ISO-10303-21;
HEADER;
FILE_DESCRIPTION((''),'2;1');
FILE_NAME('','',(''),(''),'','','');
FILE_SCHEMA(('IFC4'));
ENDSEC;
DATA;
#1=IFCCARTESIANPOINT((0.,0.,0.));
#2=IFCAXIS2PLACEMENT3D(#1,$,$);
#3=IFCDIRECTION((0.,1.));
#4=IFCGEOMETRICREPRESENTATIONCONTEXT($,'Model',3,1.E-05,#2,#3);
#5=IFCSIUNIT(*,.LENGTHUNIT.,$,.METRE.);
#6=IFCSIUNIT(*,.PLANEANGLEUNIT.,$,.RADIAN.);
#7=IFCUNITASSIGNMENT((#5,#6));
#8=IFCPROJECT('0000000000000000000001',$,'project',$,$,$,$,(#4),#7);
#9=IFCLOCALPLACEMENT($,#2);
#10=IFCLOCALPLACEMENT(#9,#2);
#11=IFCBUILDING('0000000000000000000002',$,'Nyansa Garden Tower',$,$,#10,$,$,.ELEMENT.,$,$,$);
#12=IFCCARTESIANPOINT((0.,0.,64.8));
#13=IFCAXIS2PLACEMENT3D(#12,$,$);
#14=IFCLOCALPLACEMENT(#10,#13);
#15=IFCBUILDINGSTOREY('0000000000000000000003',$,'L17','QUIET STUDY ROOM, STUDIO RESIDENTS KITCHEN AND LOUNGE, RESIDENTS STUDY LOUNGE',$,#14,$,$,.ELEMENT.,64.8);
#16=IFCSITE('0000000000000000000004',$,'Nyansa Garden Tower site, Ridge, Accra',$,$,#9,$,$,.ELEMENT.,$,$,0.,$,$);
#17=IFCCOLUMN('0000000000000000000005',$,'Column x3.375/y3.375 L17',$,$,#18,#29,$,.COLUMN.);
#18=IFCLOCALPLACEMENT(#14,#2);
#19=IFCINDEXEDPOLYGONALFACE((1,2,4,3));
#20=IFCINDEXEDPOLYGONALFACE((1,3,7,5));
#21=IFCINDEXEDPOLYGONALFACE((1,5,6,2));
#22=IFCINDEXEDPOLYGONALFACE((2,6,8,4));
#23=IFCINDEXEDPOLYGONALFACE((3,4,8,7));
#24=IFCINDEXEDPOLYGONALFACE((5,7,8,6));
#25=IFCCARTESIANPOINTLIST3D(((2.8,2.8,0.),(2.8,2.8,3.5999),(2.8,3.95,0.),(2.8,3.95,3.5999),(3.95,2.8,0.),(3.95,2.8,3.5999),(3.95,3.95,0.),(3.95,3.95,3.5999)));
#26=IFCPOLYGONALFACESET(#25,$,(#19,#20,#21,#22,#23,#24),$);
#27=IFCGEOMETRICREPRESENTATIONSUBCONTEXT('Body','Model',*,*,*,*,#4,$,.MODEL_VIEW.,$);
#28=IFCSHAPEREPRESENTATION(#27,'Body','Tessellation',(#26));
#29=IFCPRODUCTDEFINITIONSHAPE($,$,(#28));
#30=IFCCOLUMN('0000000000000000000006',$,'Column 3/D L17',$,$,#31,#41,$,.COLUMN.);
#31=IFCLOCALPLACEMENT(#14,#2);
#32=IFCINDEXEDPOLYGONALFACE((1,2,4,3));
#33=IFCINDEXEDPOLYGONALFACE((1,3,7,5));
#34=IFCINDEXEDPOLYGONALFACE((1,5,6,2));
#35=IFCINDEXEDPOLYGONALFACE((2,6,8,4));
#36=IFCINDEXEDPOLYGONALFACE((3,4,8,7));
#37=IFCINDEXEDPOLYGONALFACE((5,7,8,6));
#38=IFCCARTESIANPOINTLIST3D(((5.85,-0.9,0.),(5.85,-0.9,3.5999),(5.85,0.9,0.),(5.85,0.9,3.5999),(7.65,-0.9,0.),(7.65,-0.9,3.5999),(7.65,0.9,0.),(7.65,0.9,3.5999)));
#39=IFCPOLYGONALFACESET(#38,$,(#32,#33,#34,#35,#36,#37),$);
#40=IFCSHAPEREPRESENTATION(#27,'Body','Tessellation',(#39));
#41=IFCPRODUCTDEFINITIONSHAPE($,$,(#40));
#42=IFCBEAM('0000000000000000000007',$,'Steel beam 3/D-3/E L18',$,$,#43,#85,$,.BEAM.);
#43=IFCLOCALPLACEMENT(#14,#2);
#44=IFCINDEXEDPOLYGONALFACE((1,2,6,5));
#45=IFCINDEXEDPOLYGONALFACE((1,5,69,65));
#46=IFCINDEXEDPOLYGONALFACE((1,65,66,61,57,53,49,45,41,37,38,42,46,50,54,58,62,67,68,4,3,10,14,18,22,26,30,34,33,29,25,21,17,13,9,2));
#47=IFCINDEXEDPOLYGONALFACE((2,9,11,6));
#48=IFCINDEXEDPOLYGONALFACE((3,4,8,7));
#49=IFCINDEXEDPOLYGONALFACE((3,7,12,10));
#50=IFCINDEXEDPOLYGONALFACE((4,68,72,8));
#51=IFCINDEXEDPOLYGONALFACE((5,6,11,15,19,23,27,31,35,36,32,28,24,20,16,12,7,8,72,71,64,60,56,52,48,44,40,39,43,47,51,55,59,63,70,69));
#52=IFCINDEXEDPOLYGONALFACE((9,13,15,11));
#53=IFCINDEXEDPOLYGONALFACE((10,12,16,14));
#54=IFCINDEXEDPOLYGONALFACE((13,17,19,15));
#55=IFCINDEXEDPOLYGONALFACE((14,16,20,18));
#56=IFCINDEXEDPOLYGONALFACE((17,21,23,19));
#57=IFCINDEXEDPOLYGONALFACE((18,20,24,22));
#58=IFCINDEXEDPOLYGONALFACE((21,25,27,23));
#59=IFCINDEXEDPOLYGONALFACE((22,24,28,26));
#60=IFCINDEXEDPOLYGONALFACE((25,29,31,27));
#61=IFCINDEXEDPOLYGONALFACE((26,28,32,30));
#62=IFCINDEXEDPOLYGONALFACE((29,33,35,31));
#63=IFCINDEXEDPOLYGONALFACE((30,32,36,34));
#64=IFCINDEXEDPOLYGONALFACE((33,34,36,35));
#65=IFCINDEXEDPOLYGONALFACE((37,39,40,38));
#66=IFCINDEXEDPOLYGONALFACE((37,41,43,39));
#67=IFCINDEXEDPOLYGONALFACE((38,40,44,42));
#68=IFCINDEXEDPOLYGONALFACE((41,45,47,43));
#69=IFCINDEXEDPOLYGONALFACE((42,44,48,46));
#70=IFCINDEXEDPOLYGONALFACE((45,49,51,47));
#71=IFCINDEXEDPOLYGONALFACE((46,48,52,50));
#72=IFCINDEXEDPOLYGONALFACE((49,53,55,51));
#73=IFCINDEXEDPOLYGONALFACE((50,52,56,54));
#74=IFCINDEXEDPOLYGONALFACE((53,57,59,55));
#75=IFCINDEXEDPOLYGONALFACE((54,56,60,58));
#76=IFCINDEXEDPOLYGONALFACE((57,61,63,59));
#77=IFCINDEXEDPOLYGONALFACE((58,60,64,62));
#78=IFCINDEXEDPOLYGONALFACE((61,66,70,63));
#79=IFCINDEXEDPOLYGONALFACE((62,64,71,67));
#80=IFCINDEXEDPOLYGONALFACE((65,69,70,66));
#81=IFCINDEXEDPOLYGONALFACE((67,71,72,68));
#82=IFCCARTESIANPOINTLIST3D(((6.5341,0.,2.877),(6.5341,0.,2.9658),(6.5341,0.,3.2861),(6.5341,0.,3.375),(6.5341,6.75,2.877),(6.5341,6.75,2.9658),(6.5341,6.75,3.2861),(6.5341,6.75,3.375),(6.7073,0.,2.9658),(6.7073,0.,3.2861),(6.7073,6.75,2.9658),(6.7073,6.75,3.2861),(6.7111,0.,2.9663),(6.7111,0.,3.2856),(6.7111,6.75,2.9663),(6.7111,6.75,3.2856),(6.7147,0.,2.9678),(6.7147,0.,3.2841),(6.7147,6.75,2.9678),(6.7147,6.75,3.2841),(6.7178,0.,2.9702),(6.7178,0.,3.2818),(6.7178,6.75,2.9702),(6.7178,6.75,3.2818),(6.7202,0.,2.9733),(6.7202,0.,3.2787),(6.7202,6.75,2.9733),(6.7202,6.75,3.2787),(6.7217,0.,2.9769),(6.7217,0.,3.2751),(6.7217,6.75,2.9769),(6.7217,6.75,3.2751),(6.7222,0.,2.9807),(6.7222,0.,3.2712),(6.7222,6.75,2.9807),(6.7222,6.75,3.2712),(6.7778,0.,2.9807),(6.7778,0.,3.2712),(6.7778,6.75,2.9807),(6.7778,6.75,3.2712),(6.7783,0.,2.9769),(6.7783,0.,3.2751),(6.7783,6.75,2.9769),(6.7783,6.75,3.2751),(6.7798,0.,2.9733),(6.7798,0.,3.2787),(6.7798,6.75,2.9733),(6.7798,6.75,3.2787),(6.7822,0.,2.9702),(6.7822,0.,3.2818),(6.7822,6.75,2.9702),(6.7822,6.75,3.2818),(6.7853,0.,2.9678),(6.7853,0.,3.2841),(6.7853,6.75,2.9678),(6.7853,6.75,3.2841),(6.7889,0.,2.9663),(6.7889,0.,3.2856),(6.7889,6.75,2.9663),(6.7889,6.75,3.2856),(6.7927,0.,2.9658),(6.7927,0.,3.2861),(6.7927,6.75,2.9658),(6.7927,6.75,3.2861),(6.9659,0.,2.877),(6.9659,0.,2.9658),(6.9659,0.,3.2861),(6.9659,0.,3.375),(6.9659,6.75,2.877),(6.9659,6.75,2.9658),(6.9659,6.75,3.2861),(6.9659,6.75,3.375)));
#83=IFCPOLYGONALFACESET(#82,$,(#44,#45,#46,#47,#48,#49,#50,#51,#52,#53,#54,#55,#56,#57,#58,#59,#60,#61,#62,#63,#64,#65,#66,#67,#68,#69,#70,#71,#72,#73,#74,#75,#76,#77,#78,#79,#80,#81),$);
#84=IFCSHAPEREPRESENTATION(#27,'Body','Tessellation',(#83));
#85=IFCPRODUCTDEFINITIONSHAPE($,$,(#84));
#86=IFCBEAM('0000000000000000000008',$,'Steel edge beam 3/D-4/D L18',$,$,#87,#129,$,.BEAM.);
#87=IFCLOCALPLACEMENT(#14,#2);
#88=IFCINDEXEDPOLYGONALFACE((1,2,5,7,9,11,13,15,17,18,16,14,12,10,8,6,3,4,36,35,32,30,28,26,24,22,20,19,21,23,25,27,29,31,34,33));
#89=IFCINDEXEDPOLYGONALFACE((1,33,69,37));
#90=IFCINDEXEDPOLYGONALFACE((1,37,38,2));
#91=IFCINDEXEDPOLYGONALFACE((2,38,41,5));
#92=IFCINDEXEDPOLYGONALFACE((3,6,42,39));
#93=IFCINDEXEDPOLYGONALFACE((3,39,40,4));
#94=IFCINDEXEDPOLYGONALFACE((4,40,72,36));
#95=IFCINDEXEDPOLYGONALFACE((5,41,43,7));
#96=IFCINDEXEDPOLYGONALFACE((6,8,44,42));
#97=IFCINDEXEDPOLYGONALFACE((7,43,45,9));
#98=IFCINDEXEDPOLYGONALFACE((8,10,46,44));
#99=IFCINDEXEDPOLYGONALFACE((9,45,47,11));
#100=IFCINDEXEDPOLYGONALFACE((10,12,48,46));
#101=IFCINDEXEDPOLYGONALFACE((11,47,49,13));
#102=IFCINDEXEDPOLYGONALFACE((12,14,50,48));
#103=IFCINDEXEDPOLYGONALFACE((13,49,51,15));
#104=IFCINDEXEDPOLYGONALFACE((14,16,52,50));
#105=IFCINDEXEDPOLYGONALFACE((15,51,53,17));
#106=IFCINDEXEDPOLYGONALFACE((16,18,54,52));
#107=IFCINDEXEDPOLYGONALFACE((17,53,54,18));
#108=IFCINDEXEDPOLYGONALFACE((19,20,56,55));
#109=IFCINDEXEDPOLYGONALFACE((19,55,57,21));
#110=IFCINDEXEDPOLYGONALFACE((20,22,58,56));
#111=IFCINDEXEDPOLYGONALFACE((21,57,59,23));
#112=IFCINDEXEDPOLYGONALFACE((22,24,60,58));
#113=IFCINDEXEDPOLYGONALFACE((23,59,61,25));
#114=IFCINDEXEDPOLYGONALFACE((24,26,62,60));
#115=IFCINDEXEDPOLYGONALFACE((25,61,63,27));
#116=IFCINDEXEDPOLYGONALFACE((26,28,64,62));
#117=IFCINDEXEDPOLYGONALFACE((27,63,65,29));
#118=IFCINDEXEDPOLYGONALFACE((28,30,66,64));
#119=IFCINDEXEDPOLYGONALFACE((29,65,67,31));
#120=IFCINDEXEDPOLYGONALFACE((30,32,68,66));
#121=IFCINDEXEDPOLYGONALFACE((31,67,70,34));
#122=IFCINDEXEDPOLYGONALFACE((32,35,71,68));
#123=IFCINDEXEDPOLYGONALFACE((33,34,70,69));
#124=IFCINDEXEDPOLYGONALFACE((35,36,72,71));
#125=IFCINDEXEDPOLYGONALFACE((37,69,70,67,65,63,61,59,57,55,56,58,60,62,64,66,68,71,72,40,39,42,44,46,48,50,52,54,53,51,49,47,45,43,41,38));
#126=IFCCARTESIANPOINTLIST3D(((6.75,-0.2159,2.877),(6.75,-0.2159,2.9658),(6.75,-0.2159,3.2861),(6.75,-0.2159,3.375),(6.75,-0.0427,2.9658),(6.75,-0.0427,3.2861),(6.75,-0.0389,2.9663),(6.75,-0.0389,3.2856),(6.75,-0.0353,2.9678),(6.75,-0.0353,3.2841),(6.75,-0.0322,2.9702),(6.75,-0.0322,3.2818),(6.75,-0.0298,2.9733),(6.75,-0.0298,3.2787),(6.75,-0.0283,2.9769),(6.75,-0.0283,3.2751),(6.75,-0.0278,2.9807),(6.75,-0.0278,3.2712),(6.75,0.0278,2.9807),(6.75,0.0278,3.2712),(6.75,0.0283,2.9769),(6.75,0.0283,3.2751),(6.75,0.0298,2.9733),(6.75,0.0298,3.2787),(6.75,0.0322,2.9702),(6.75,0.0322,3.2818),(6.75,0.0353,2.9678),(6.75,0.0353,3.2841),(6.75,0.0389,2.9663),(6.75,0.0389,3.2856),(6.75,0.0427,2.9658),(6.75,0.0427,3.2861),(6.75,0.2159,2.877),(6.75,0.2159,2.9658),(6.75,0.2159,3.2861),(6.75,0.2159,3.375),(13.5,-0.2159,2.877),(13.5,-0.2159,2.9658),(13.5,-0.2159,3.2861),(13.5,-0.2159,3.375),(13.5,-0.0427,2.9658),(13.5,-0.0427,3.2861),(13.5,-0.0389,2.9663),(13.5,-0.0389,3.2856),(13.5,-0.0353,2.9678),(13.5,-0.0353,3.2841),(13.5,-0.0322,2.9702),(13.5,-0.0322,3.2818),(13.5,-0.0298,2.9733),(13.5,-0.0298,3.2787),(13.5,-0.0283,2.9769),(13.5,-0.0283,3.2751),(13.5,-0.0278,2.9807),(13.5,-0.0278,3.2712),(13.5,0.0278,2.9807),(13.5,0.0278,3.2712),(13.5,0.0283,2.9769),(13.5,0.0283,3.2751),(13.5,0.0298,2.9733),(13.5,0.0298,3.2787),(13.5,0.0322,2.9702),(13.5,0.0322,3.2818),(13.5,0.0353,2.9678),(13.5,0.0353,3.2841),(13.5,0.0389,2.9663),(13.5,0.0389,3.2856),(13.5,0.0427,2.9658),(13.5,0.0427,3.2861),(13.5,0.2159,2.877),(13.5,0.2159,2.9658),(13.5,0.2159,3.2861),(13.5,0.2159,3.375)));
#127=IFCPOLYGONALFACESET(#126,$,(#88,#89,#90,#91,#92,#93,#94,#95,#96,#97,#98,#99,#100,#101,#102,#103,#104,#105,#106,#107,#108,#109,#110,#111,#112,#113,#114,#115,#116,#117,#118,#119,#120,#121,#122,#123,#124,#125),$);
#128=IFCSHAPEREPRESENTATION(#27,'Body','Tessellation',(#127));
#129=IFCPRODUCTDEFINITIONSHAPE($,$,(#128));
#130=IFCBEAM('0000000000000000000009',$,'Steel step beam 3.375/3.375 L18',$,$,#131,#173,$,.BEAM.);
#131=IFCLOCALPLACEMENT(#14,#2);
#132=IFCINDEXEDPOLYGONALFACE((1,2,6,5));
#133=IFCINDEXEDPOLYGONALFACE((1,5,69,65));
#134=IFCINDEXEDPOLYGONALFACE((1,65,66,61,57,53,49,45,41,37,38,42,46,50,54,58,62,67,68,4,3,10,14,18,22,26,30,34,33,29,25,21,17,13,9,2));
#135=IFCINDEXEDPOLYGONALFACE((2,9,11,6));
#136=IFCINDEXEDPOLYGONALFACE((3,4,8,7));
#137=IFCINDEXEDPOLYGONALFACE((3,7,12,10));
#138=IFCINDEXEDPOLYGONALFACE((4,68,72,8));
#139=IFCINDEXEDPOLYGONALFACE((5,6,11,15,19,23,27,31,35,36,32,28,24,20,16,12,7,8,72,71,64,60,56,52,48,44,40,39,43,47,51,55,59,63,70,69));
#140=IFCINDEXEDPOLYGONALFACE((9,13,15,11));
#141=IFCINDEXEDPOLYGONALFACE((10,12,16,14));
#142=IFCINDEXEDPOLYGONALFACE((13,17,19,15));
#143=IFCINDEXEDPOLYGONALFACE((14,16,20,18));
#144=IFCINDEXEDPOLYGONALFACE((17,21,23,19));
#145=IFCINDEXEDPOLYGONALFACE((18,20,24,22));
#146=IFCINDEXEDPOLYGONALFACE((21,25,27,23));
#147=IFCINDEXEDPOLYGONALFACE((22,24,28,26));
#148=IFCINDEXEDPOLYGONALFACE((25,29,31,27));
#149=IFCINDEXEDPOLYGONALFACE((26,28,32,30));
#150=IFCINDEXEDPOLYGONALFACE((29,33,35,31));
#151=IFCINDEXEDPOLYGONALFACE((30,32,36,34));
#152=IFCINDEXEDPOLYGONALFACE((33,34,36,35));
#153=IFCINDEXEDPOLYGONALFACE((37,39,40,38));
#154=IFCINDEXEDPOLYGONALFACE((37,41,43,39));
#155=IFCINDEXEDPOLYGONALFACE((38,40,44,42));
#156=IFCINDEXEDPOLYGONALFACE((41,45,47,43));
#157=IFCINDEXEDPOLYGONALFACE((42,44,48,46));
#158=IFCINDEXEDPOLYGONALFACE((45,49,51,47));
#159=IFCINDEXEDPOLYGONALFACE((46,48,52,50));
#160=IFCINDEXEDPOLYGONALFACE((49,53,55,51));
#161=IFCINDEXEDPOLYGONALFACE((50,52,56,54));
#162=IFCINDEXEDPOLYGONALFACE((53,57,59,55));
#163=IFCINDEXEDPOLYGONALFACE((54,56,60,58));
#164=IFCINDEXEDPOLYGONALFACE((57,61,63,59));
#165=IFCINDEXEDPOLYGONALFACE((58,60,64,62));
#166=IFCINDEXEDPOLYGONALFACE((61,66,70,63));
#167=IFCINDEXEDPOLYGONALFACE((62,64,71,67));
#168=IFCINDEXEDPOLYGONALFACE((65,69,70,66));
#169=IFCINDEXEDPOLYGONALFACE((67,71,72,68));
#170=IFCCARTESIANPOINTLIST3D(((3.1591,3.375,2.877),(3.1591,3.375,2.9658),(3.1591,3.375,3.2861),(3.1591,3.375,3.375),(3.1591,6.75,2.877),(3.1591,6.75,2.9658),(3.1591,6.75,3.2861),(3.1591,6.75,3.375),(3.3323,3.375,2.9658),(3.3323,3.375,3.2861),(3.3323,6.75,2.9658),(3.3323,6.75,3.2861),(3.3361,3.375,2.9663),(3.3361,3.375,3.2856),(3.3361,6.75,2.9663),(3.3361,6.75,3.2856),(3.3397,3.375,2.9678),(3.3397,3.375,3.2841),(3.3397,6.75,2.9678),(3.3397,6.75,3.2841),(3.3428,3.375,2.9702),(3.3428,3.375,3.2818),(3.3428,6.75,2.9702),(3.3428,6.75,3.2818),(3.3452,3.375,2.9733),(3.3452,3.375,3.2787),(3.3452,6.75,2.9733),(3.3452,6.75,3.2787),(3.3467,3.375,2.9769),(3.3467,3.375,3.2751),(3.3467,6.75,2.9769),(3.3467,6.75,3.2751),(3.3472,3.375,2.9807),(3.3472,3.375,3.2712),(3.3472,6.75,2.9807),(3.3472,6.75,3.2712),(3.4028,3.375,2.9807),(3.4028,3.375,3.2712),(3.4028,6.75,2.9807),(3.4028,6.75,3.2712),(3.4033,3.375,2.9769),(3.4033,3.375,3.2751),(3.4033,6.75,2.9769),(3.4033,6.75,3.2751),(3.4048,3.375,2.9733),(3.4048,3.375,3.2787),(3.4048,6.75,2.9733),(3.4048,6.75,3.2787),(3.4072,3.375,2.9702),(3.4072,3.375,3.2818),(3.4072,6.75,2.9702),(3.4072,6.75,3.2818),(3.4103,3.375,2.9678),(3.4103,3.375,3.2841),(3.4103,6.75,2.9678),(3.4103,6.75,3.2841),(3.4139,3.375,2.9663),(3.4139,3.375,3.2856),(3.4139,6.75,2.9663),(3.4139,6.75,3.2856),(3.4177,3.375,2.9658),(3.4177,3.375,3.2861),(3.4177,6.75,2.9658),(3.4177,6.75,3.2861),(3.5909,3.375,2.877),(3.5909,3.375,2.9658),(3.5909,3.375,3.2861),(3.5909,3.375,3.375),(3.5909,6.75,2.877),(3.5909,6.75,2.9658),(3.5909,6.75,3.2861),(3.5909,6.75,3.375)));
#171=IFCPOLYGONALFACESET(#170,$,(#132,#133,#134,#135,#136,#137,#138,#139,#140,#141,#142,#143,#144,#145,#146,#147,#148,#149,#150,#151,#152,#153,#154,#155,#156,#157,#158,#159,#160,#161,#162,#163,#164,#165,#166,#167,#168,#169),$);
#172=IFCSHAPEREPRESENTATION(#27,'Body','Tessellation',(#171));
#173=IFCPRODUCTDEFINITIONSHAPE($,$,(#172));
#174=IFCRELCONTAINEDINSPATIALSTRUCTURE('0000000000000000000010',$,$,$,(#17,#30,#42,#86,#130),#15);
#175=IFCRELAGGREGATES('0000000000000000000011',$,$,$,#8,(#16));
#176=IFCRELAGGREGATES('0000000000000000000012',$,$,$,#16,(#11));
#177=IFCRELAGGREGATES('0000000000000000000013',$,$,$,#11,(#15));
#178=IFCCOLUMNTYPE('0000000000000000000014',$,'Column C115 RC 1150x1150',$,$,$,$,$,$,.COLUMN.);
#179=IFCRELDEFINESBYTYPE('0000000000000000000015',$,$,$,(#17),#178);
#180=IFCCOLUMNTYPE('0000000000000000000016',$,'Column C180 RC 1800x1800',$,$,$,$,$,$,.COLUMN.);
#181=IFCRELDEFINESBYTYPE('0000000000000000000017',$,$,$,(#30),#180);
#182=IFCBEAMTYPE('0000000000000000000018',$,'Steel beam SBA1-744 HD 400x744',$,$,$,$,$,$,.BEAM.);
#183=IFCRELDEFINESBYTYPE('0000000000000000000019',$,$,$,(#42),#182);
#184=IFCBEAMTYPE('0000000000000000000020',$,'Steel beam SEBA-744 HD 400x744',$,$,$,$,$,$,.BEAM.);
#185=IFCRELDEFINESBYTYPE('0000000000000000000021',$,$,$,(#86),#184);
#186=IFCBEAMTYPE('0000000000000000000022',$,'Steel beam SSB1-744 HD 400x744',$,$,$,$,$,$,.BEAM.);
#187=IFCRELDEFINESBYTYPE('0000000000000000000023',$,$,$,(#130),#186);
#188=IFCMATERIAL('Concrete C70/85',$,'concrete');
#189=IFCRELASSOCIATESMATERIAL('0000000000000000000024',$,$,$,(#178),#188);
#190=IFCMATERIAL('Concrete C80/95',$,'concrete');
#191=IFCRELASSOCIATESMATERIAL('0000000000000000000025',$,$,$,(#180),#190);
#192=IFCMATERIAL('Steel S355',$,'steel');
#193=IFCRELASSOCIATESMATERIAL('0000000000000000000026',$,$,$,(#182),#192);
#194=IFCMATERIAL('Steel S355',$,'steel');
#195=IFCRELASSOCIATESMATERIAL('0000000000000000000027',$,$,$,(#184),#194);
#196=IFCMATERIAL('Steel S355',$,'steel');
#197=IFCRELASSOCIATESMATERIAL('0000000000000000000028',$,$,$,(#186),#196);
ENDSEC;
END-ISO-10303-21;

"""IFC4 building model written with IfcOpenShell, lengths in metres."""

from ifc_helpers import new_model, si_unit, direction, frame, origin, origin_2d, place, context, subcontext, project, spatial, rectangle, i_section, extrude, material, material_profile, profile_set, type_object, element, save


model = new_model("IFC4")

# Units and contexts
model_context = context("Model", 3, precision=1e-05, world=origin(), true_north=direction((0.0, 1.0)))
body_context = subcontext(model_context, "Body", "Model", "MODEL_VIEW")
ifc_project = project(units=[si_unit("LENGTHUNIT", "METRE"), si_unit("PLANEANGLEUNIT", "RADIAN")], contexts=[model_context])

# Site, building, storey
site_placement = place(None, origin())
site = spatial("IfcSite", under=ifc_project, at=site_placement, Name="Nyansa Garden Tower site, Ridge, Accra", CompositionType="ELEMENT", RefElevation=0.0)
building_placement = place(site_placement, origin())
building = spatial("IfcBuilding", under=site, at=building_placement, Name="Nyansa Garden Tower", CompositionType="ELEMENT")
storey_placement = place(building_placement, frame((0.0, 0.0, 64.8)))
storey = spatial("IfcBuildingStorey", under=building, at=storey_placement, Name="L17", Description="QUIET STUDY ROOM, STUDIO RESIDENTS KITCHEN AND LOUNGE, RESIDENTS STUDY LOUNGE", CompositionType="ELEMENT", Elevation=64.8)

# Columns
ifc_material_1 = material(Name="Concrete C70/85", Category="concrete")
ifc_material_profile_1 = material_profile(ifc_material_1, rectangle(XDim=1.1499, YDim=1.1499, at=origin_2d()), Name="RC 1150x1150")
ifc_profile_set_1 = profile_set([ifc_material_profile_1], Name="Concrete C70/85")
column_type_1 = type_object("IfcColumnType", Name="Column C115 RC 1150x1150", PredefinedType="COLUMN", material=ifc_profile_set_1)
column_1_placement = place(storey_placement, frame((3.375, 3.375, 0.0), z_axis=(0.0, 0.0, 1.0), x_axis=(1.0, 0.0, 0.0)))
element("IfcColumn", 1, at=column_1_placement, inside=storey, type_object=column_type_1, Name="Column x3.375/y3.375 L17", PredefinedType="COLUMN", context=body_context, shape_type="SweptSolid", body=[
    extrude(rectangle(XDim=1.1499, YDim=1.1499, at=origin_2d()), origin(), (0.0, 0.0, 1.0), 3.5999),
])
ifc_material_2 = material(Name="Concrete C80/95", Category="concrete")
ifc_material_profile_2 = material_profile(ifc_material_2, rectangle(XDim=1.8, YDim=1.8, at=origin_2d()), Name="RC 1800x1800")
ifc_profile_set_2 = profile_set([ifc_material_profile_2], Name="Concrete C80/95")
column_type_2 = type_object("IfcColumnType", Name="Column C180 RC 1800x1800", PredefinedType="COLUMN", material=ifc_profile_set_2)
column_2_placement = place(storey_placement, frame((6.75, 0.0, 0.0), z_axis=(0.0, 0.0, 1.0), x_axis=(1.0, 0.0, 0.0)))
element("IfcColumn", 2, at=column_2_placement, inside=storey, type_object=column_type_2, Name="Column 3/D L17", PredefinedType="COLUMN", context=body_context, shape_type="SweptSolid", body=[
    extrude(rectangle(XDim=1.8, YDim=1.8, at=origin_2d()), origin(), (0.0, 0.0, 1.0), 3.5999),
])

# Beams
ifc_material_3 = material(Name="Steel S355", Category="steel")
ifc_material_profile_3 = material_profile(ifc_material_3, i_section(OverallWidth=0.4319, OverallDepth=0.498, WebThickness=0.0557, FlangeThickness=0.0889, FilletRadius=0.0149, at=origin_2d()), Name="HD 400x744")
ifc_profile_set_3 = profile_set([ifc_material_profile_3], Name="Steel S355")
beam_type_1 = type_object("IfcBeamType", Name="Steel beam SBA1-744 HD 400x744", PredefinedType="BEAM", material=ifc_profile_set_3)
beam_1_placement = place(storey_placement, frame((6.75, 0.0, 3.126), z_axis=(0.0, 1.0, 0.0), x_axis=(-1.0, 0.0, 0.0)))
element("IfcBeam", 3, at=beam_1_placement, inside=storey, type_object=beam_type_1, Name="Steel beam 3/D-3/E L18", PredefinedType="BEAM", context=body_context, shape_type="SweptSolid", body=[
    extrude(i_section(OverallWidth=0.4319, OverallDepth=0.498, WebThickness=0.0557, FlangeThickness=0.0889, FilletRadius=0.0149, at=origin_2d()), origin(), (0.0, 0.0, 1.0), 6.75),
])
ifc_material_4 = material(Name="Steel S355", Category="steel")
ifc_material_profile_4 = material_profile(ifc_material_4, i_section(OverallWidth=0.4319, OverallDepth=0.498, WebThickness=0.0557, FlangeThickness=0.0889, FilletRadius=0.0149, at=origin_2d()), Name="HD 400x744")
ifc_profile_set_4 = profile_set([ifc_material_profile_4], Name="Steel S355")
beam_type_2 = type_object("IfcBeamType", Name="Steel beam SEBA-744 HD 400x744", PredefinedType="BEAM", material=ifc_profile_set_4)
beam_2_placement = place(storey_placement, frame((6.75, 0.0, 3.126), z_axis=(1.0, 0.0, 0.0), x_axis=(0.0, 1.0, 0.0)))
element("IfcBeam", 4, at=beam_2_placement, inside=storey, type_object=beam_type_2, Name="Steel edge beam 3/D-4/D L18", PredefinedType="BEAM", context=body_context, shape_type="SweptSolid", body=[
    extrude(i_section(OverallWidth=0.4319, OverallDepth=0.498, WebThickness=0.0557, FlangeThickness=0.0889, FilletRadius=0.0149, at=origin_2d()), origin(), (0.0, 0.0, 1.0), 6.75),
])
ifc_material_5 = material(Name="Steel S355", Category="steel")
ifc_material_profile_5 = material_profile(ifc_material_5, i_section(OverallWidth=0.4319, OverallDepth=0.498, WebThickness=0.0557, FlangeThickness=0.0889, FilletRadius=0.0149, at=origin_2d()), Name="HD 400x744")
ifc_profile_set_5 = profile_set([ifc_material_profile_5], Name="Steel S355")
beam_type_3 = type_object("IfcBeamType", Name="Steel beam SSB1-744 HD 400x744", PredefinedType="BEAM", material=ifc_profile_set_5)
for number, where, z_axis, x_axis, name in (
    (5, (3.375, 3.375, 3.126), (0.0, 1.0, 0.0), (-1.0, 0.0, 0.0), "Steel step beam 3.375/3.375 L18"),
):
    element("IfcBeam", number, at=place(storey_placement, frame(where, z_axis=z_axis, x_axis=x_axis)), inside=storey, type_object=beam_type_3, Name=name, PredefinedType="BEAM", context=body_context, shape_type="SweptSolid", body=[
        extrude(i_section(OverallWidth=0.4319, OverallDepth=0.498, WebThickness=0.0557, FlangeThickness=0.0889, FilletRadius=0.0149, at=origin_2d()), origin(), (0.0, 0.0, 1.0), 3.375),
    ])

save(model, "model.ifc")
